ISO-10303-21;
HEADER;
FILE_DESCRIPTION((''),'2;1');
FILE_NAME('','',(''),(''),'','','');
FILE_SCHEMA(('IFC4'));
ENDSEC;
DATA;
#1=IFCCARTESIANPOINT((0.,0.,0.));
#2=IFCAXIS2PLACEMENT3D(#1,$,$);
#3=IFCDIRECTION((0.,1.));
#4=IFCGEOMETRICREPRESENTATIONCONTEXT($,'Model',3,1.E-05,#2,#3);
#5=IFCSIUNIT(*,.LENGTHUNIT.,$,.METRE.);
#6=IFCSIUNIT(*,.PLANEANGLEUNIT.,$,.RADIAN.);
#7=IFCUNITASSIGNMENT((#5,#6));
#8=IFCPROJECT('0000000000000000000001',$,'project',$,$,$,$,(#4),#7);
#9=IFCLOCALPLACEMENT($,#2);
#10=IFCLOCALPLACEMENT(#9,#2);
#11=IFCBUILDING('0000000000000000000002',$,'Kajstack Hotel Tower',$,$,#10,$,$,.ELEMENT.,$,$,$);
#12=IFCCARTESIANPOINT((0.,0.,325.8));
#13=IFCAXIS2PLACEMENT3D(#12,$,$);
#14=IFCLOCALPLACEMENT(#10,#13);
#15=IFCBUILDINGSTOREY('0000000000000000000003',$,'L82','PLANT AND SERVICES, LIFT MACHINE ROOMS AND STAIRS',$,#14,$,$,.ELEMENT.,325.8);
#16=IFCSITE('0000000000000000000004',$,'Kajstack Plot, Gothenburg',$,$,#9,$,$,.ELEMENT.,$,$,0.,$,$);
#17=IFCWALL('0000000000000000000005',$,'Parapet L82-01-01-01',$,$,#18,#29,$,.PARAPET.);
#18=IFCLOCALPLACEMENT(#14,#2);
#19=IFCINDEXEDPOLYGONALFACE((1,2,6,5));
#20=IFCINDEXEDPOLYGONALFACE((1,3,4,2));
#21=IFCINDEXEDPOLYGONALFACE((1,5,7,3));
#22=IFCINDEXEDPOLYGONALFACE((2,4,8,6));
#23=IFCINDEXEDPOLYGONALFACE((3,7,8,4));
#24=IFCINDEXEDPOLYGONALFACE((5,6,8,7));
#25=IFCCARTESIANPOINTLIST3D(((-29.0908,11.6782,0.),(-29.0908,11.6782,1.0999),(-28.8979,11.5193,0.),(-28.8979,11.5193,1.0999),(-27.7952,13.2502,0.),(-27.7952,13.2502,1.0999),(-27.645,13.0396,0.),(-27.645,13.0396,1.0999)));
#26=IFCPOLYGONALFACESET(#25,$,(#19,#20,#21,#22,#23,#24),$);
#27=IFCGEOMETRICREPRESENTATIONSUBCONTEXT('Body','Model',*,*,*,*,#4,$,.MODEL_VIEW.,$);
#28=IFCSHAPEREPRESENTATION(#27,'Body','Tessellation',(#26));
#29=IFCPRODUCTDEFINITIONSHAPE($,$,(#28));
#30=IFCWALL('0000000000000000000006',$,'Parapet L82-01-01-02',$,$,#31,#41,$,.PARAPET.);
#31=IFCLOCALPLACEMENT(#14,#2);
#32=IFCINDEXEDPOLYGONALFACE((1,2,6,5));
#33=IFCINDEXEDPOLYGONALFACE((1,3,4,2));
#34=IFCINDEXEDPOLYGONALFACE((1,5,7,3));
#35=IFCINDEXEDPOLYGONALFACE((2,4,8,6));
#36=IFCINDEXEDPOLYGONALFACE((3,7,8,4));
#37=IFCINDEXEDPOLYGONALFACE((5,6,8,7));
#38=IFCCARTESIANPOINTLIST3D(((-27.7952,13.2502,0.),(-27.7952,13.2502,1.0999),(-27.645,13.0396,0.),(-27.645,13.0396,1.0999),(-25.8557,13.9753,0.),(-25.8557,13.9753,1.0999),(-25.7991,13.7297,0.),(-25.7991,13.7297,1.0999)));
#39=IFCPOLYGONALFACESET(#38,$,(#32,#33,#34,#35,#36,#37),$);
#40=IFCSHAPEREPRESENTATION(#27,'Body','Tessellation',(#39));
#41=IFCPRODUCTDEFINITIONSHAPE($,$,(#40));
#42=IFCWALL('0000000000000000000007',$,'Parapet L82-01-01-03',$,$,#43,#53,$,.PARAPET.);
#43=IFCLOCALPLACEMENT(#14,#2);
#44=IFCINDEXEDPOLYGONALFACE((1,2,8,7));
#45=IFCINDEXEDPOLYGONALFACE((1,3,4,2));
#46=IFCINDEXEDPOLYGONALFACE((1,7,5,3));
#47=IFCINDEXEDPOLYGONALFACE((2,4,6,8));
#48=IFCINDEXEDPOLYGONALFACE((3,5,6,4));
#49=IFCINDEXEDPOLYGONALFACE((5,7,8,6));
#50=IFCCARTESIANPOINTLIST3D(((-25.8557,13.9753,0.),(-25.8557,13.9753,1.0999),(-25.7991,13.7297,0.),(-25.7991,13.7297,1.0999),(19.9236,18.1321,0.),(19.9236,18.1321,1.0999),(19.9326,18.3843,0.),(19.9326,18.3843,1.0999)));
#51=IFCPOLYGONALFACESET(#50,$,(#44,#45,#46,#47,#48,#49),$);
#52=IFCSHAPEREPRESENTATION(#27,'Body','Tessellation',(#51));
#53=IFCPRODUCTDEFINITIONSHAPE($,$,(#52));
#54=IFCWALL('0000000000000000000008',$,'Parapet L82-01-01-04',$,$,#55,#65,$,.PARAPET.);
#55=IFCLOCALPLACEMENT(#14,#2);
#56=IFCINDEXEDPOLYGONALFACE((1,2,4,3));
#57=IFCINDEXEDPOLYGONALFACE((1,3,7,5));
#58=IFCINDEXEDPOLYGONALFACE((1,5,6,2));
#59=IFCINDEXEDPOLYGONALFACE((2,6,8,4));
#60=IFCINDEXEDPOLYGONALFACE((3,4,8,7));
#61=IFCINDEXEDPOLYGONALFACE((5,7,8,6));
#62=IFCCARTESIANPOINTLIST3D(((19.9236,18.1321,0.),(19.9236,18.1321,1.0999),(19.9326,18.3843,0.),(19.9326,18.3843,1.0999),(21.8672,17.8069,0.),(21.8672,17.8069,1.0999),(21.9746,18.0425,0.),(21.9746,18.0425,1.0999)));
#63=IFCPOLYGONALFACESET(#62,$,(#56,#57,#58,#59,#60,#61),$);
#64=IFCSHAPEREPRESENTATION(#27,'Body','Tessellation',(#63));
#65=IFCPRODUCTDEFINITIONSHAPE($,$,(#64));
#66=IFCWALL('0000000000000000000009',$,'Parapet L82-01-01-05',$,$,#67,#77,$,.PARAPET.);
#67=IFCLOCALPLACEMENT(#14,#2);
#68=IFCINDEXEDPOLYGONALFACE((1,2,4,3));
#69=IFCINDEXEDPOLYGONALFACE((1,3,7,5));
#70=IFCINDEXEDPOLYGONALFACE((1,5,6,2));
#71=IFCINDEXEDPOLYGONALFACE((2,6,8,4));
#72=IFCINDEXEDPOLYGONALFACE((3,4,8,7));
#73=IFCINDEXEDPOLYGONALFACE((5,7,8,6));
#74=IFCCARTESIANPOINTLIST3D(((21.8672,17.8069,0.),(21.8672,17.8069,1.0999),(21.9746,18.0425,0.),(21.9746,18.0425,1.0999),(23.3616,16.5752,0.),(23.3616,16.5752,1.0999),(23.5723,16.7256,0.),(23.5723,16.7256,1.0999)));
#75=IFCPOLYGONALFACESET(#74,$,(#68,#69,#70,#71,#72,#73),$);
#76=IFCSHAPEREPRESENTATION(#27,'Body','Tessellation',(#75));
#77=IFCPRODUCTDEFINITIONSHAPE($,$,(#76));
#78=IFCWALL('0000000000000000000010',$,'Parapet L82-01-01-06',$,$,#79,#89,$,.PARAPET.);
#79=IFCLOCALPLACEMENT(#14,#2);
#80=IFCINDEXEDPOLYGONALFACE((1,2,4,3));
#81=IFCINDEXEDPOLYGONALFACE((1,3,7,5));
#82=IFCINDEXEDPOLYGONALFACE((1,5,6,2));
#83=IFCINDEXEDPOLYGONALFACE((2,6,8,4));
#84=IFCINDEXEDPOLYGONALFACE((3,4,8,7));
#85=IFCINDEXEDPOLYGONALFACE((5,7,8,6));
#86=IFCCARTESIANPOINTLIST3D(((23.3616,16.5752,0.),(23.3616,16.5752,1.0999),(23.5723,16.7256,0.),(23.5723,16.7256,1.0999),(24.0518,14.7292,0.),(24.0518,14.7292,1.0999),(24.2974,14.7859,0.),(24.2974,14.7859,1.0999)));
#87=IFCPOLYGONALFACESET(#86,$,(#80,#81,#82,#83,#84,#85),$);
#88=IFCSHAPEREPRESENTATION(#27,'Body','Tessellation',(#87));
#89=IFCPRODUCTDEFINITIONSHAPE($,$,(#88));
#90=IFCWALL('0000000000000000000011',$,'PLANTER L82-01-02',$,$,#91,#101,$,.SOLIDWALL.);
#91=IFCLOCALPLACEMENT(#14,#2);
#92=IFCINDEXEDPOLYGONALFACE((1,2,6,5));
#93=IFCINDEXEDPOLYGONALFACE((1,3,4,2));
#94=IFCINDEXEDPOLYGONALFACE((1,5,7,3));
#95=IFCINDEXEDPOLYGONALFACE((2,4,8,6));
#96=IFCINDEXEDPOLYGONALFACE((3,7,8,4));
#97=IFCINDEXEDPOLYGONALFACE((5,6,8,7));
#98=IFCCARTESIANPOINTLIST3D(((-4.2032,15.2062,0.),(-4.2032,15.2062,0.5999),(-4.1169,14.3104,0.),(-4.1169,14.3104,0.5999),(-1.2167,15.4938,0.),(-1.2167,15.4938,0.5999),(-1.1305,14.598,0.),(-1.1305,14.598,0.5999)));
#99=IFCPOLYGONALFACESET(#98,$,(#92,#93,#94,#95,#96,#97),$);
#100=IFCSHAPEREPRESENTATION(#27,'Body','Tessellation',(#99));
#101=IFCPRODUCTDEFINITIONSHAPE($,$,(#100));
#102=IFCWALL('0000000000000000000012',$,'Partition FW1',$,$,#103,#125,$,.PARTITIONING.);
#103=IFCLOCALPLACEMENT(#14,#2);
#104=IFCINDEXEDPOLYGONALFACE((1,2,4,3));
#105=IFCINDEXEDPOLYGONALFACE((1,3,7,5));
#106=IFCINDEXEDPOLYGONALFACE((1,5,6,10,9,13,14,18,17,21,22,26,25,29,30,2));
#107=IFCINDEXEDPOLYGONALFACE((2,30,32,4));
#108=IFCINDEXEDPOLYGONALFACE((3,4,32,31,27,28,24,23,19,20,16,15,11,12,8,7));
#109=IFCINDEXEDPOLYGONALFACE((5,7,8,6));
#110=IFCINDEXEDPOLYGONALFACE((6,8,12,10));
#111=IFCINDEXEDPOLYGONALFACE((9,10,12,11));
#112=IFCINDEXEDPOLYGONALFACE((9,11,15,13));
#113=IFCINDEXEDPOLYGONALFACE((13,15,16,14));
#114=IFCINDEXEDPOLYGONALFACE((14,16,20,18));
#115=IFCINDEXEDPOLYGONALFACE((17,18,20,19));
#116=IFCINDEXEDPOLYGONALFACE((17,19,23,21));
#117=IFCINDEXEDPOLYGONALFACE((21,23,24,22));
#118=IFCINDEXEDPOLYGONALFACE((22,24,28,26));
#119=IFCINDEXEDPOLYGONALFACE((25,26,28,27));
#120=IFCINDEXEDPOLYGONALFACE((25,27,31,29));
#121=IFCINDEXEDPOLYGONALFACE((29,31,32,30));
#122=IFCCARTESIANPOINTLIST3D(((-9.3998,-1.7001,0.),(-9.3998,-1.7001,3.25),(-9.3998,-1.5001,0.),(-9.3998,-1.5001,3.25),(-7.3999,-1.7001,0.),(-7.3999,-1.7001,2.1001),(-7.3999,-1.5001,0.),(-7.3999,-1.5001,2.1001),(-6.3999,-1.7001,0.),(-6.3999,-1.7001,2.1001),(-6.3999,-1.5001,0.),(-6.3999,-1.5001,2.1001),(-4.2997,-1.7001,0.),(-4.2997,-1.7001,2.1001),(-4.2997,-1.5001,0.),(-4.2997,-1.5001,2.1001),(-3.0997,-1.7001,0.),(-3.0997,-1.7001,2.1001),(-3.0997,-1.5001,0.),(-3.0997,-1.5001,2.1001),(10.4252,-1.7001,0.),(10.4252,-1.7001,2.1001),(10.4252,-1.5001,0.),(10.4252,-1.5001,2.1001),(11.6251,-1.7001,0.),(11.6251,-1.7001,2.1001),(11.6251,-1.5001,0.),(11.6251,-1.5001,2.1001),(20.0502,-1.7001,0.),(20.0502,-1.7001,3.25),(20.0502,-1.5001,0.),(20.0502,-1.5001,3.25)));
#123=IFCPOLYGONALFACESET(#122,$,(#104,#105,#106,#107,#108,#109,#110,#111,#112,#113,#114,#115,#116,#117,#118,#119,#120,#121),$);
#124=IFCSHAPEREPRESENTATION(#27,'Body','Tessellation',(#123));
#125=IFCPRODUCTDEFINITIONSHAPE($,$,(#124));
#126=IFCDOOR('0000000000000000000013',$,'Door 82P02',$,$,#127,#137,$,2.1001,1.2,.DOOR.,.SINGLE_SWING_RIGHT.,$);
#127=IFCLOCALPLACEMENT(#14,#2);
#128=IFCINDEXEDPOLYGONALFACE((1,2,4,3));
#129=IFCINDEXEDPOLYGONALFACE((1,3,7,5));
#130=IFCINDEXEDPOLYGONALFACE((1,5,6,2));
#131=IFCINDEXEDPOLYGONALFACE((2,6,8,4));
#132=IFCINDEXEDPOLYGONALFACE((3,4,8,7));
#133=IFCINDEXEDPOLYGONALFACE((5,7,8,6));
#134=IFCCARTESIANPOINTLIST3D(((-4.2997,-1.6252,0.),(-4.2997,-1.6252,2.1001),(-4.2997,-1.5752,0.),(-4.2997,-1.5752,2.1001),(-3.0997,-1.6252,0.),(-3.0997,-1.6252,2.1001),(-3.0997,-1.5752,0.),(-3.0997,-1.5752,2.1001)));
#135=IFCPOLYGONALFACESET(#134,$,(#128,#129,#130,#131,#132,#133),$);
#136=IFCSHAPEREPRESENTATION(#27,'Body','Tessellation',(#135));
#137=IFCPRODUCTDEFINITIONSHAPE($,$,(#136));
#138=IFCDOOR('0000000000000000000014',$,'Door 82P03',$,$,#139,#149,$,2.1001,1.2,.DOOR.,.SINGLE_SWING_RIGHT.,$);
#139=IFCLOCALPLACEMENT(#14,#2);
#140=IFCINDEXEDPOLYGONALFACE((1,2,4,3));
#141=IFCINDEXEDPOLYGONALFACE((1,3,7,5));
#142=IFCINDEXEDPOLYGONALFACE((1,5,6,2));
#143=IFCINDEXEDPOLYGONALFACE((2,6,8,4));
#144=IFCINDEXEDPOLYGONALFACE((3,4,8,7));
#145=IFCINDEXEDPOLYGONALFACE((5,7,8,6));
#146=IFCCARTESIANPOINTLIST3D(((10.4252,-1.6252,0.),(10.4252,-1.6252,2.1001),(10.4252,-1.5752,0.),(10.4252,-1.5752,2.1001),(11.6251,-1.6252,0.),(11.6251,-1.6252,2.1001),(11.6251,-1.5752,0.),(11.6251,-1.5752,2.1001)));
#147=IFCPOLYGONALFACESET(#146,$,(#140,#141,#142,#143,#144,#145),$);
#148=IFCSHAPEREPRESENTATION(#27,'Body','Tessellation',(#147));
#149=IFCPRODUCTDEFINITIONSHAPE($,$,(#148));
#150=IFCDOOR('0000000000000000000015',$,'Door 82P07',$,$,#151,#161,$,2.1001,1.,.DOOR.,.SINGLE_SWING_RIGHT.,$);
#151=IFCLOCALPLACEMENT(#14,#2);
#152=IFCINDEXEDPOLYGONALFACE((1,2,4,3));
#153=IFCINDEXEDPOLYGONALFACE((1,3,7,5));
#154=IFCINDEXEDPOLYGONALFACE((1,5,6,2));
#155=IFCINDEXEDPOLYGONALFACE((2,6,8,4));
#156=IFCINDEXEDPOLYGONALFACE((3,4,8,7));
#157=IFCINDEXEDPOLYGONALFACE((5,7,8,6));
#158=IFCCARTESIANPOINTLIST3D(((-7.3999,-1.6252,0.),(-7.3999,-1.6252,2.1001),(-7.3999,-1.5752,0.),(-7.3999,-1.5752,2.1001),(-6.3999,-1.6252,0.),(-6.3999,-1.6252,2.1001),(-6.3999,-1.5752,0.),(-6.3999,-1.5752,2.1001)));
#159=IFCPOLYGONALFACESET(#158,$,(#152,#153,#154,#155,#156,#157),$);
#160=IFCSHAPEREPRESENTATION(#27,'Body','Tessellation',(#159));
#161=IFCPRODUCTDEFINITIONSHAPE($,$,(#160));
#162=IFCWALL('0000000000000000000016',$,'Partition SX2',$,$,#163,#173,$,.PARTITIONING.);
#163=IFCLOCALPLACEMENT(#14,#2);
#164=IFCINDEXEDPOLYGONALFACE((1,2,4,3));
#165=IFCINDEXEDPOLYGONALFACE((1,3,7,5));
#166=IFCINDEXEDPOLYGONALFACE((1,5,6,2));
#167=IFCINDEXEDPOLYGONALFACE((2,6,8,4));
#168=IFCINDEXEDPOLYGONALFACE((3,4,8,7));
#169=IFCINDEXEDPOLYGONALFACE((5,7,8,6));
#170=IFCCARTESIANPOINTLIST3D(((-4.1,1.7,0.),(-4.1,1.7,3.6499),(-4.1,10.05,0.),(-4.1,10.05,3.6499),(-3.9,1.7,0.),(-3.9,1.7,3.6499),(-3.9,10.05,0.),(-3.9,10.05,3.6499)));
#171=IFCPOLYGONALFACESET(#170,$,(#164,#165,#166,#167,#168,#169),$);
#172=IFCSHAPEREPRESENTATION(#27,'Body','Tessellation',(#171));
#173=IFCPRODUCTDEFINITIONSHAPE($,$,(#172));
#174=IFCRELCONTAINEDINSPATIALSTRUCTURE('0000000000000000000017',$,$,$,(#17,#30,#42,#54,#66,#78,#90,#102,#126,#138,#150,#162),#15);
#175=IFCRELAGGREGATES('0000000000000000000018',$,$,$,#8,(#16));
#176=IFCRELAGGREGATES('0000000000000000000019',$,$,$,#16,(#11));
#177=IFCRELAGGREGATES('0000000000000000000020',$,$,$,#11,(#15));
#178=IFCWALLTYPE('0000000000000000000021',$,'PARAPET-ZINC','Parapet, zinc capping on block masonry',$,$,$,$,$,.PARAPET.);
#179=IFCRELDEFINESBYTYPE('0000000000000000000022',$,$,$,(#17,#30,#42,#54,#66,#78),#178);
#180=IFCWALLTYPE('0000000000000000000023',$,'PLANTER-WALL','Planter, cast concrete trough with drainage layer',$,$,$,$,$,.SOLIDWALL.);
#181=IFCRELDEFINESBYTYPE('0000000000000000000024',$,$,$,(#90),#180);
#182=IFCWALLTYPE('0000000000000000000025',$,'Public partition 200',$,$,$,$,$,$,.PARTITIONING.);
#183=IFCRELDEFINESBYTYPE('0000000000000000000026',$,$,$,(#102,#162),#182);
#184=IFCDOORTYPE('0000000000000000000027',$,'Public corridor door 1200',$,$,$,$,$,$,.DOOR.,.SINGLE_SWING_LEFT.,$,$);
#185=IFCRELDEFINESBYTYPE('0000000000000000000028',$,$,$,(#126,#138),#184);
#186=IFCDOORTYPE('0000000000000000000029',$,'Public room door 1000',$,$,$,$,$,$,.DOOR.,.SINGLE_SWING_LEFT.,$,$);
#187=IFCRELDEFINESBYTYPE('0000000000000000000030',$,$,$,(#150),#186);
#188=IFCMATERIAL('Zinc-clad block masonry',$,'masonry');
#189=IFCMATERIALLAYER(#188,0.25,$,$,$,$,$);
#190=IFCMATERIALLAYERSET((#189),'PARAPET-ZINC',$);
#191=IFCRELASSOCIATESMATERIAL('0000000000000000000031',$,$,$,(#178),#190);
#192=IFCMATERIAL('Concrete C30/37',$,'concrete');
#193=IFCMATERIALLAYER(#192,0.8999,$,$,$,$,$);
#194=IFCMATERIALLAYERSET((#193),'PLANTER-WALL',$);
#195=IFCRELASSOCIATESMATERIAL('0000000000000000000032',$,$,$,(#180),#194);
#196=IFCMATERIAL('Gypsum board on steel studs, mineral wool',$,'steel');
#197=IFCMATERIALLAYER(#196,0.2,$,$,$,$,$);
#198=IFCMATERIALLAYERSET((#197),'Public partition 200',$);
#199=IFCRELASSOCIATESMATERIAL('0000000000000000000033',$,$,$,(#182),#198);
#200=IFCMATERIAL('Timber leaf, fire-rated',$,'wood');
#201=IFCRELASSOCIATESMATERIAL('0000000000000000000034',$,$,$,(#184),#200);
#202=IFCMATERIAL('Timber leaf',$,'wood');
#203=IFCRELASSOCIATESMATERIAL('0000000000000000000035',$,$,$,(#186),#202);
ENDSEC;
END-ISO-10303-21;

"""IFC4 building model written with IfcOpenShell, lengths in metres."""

from ifc_helpers import new_model, si_unit, direction, frame, frame_2d, origin, place, context, subcontext, project, spatial, polyline, rectangle, outline, extrude, material, layer, layer_set, type_object, element, fill, save


model = new_model("IFC4")

# Units and contexts
model_context = context("Model", 3, precision=1e-05, world=origin(), true_north=direction((0.0, 1.0)))
body_context = subcontext(model_context, "Body", "Model", "MODEL_VIEW")
ifc_project = project(units=[si_unit("LENGTHUNIT", "METRE"), si_unit("PLANEANGLEUNIT", "RADIAN")], contexts=[model_context])

# Site, building, storey
site_placement = place(None, origin())
site = spatial("IfcSite", under=ifc_project, at=site_placement, Name="Kajstack Plot, Gothenburg", CompositionType="ELEMENT", RefElevation=0.0)
building_placement = place(site_placement, origin())
building = spatial("IfcBuilding", under=site, at=building_placement, Name="Kajstack Hotel Tower", CompositionType="ELEMENT")
storey_placement = place(building_placement, frame((0.0, 0.0, 325.8)))
storey = spatial("IfcBuildingStorey", under=building, at=storey_placement, Name="L82", Description="PLANT AND SERVICES, LIFT MACHINE ROOMS AND STAIRS", CompositionType="ELEMENT", Elevation=325.8)

# Walls
ifc_material_1 = material(Name="Zinc-clad block masonry", Category="masonry")
ifc_layer_1 = layer(ifc_material_1, 0.25)
ifc_layer_set_1 = layer_set([ifc_layer_1], Name="PARAPET-ZINC")
wall_type_1 = type_object("IfcWallType", Name="PARAPET-ZINC", Description="Parapet, zinc capping on block masonry", PredefinedType="PARAPET", material=ifc_layer_set_1)
wall_1_placement = place(storey_placement, origin())
element("IfcWall", 1, at=wall_1_placement, inside=storey, type_object=wall_type_1, Name="Parapet L82-01-01-01", PredefinedType="PARAPET", context=body_context, shape_type="SweptSolid", body=[
    extrude(outline(polyline([(-29.0908, 11.6782), (-28.8979, 11.5193), (-27.645, 13.0396), (-27.7952, 13.2502), (-29.0908, 11.6782)])), origin(), (0.0, 0.0, 1.0), 1.0999),
])
wall_2_placement = place(storey_placement, origin())
element("IfcWall", 2, at=wall_2_placement, inside=storey, type_object=wall_type_1, Name="Parapet L82-01-01-02", PredefinedType="PARAPET", context=body_context, shape_type="SweptSolid", body=[
    extrude(outline(polyline([(-27.7952, 13.2502), (-27.645, 13.0396), (-25.7991, 13.7297), (-25.8557, 13.9753), (-27.7952, 13.2502)])), origin(), (0.0, 0.0, 1.0), 1.0999),
])
wall_3_placement = place(storey_placement, origin())
element("IfcWall", 3, at=wall_3_placement, inside=storey, type_object=wall_type_1, Name="Parapet L82-01-01-03", PredefinedType="PARAPET", context=body_context, shape_type="SweptSolid", body=[
    extrude(outline(polyline([(-25.8557, 13.9753), (-25.7991, 13.7297), (19.9236, 18.1321), (19.9326, 18.3843), (-25.8557, 13.9753)])), origin(), (0.0, 0.0, 1.0), 1.0999),
])
wall_4_placement = place(storey_placement, origin())
element("IfcWall", 4, at=wall_4_placement, inside=storey, type_object=wall_type_1, Name="Parapet L82-01-01-04", PredefinedType="PARAPET", context=body_context, shape_type="SweptSolid", body=[
    extrude(outline(polyline([(19.9326, 18.3843), (19.9236, 18.1321), (21.8672, 17.8069), (21.9746, 18.0425), (19.9326, 18.3843)])), origin(), (0.0, 0.0, 1.0), 1.0999),
])
wall_5_placement = place(storey_placement, origin())
element("IfcWall", 5, at=wall_5_placement, inside=storey, type_object=wall_type_1, Name="Parapet L82-01-01-05", PredefinedType="PARAPET", context=body_context, shape_type="SweptSolid", body=[
    extrude(outline(polyline([(21.9746, 18.0425), (21.8672, 17.8069), (23.3616, 16.5752), (23.5723, 16.7256), (21.9746, 18.0425)])), origin(), (0.0, 0.0, 1.0), 1.0999),
])
wall_6_placement = place(storey_placement, origin())
element("IfcWall", 6, at=wall_6_placement, inside=storey, type_object=wall_type_1, Name="Parapet L82-01-01-06", PredefinedType="PARAPET", context=body_context, shape_type="SweptSolid", body=[
    extrude(outline(polyline([(23.5723, 16.7256), (23.3616, 16.5752), (24.0518, 14.7292), (24.2974, 14.7859), (23.5723, 16.7256)])), origin(), (0.0, 0.0, 1.0), 1.0999),
])
ifc_material_2 = material(Name="Concrete C30/37", Category="concrete")
ifc_layer_2 = layer(ifc_material_2, 0.8999)
ifc_layer_set_2 = layer_set([ifc_layer_2], Name="PLANTER-WALL")
wall_type_2 = type_object("IfcWallType", Name="PLANTER-WALL", Description="Planter, cast concrete trough with drainage layer", PredefinedType="SOLIDWALL", material=ifc_layer_set_2)
wall_7_placement = place(storey_placement, frame((-4.1599, 14.7583, 0.0), z_axis=(0.0, 0.0, 1.0), x_axis=(0.995395, 0.095861, 0.0)))
element("IfcWall", 7, at=wall_7_placement, inside=storey, type_object=wall_type_2, Name="PLANTER L82-01-02", PredefinedType="SOLIDWALL", context=body_context, shape_type="SweptSolid", body=[
    extrude(rectangle(XDim=3.0002, YDim=0.8999, at=frame_2d((1.5, 0.0))), origin(), (0.0, 0.0, 1.0), 0.5999),
])

# Wall, openings, doors
ifc_material_3 = material(Name="Gypsum board on steel studs, mineral wool", Category="steel")
ifc_layer_3 = layer(ifc_material_3, 0.2)
ifc_layer_set_3 = layer_set([ifc_layer_3], Name="Public partition 200")
wall_type_3 = type_object("IfcWallType", Name="Public partition 200", PredefinedType="PARTITIONING", material=ifc_layer_set_3)
wall_8_placement = place(storey_placement, frame((-9.3999, -1.6001, 0.0), z_axis=(0.0, 0.0, 1.0), x_axis=(1.0, 0.0, 0.0)))
wall_8 = element("IfcWall", 8, at=wall_8_placement, inside=storey, type_object=wall_type_3, Name="Partition FW1", PredefinedType="PARTITIONING", context=body_context, shape_type="SweptSolid", body=[
    extrude(rectangle(XDim=29.45, YDim=0.2, at=frame_2d((14.7251, 0.0))), origin(), (0.0, 0.0, 1.0), 3.25),
])
opening_1_placement = place(wall_8_placement, frame((5.1001, 0.0, 0.0)))
opening_1 = element("IfcOpeningElement", 9, at=opening_1_placement, cuts=wall_8, PredefinedType="OPENING", context=body_context, shape_type="SweptSolid", body=[
    extrude(rectangle(XDim=1.2, YDim=2.1001, at=frame_2d((0.6001, 1.05))), frame((0.0, 0.1099, 0.0), z_axis=(0.0, -1.0, 0.0), x_axis=(1.0, 0.0, 0.0)), (0.0, 0.0, 1.0), 0.22),
])
opening_2_placement = place(wall_8_placement, frame((19.825, 0.0, 0.0)))
opening_2 = element("IfcOpeningElement", 10, at=opening_2_placement, cuts=wall_8, PredefinedType="OPENING", context=body_context, shape_type="SweptSolid", body=[
    extrude(rectangle(XDim=1.2, YDim=2.1001, at=frame_2d((0.6001, 1.05))), frame((0.0, 0.1099, 0.0), z_axis=(0.0, -1.0, 0.0), x_axis=(1.0, 0.0, 0.0)), (0.0, 0.0, 1.0), 0.22),
])
opening_3_placement = place(wall_8_placement, frame((2.0, 0.0, 0.0)))
opening_3 = element("IfcOpeningElement", 11, at=opening_3_placement, cuts=wall_8, PredefinedType="OPENING", context=body_context, shape_type="SweptSolid", body=[
    extrude(rectangle(XDim=1.0, YDim=2.1001, at=frame_2d((0.5, 1.05))), frame((0.0, 0.1099, 0.0), z_axis=(0.0, -1.0, 0.0), x_axis=(1.0, 0.0, 0.0)), (0.0, 0.0, 1.0), 0.22),
])
ifc_material_4 = material(Name="Timber leaf, fire-rated", Category="wood")
door_type_1 = type_object("IfcDoorType", Name="Public corridor door 1200", OperationType="SINGLE_SWING_LEFT", PredefinedType="DOOR", material=ifc_material_4)
door_1_placement = place(opening_1_placement, origin())
door_1 = element("IfcDoor", 12, at=door_1_placement, inside=storey, type_object=door_type_1, Name="Door 82P02", OperationType="SINGLE_SWING_RIGHT", OverallHeight=2.1001, OverallWidth=1.2, PredefinedType="DOOR", context=body_context, shape_type="SweptSolid", body=[
    extrude(rectangle(XDim=1.2, YDim=2.1001, at=frame_2d((0.6001, 1.05))), frame((0.0, 0.0249, 0.0), z_axis=(0.0, -1.0, 0.0), x_axis=(1.0, 0.0, 0.0)), (0.0, 0.0, 1.0), 0.05),
])
fill(opening_1, door_1)
door_2_placement = place(opening_2_placement, origin())
door_2 = element("IfcDoor", 13, at=door_2_placement, inside=storey, type_object=door_type_1, Name="Door 82P03", OperationType="SINGLE_SWING_RIGHT", OverallHeight=2.1001, OverallWidth=1.2, PredefinedType="DOOR", context=body_context, shape_type="SweptSolid", body=[
    extrude(rectangle(XDim=1.2, YDim=2.1001, at=frame_2d((0.6001, 1.05))), frame((0.0, 0.0249, 0.0), z_axis=(0.0, -1.0, 0.0), x_axis=(1.0, 0.0, 0.0)), (0.0, 0.0, 1.0), 0.05),
])
fill(opening_2, door_2)
ifc_material_5 = material(Name="Timber leaf", Category="wood")
door_type_2 = type_object("IfcDoorType", Name="Public room door 1000", OperationType="SINGLE_SWING_LEFT", PredefinedType="DOOR", material=ifc_material_5)
door_3_placement = place(opening_3_placement, origin())
door_3 = element("IfcDoor", 14, at=door_3_placement, inside=storey, type_object=door_type_2, Name="Door 82P07", OperationType="SINGLE_SWING_RIGHT", OverallHeight=2.1001, OverallWidth=1.0, PredefinedType="DOOR", context=body_context, shape_type="SweptSolid", body=[
    extrude(rectangle(XDim=1.0, YDim=2.1001, at=frame_2d((0.5, 1.05))), frame((0.0, 0.0249, 0.0), z_axis=(0.0, -1.0, 0.0), x_axis=(1.0, 0.0, 0.0)), (0.0, 0.0, 1.0), 0.05),
])
fill(opening_3, door_3)

# Wall
wall_9_placement = place(storey_placement, frame((-4.0, 1.7, 0.0), z_axis=(0.0, 0.0, 1.0), x_axis=(0.0, 1.0, 0.0)))
element("IfcWall", 15, at=wall_9_placement, inside=storey, type_object=wall_type_3, Name="Partition SX2", PredefinedType="PARTITIONING", context=body_context, shape_type="SweptSolid", body=[
    extrude(rectangle(XDim=8.3501, YDim=0.2, at=frame_2d((4.175, 0.0))), origin(), (0.0, 0.0, 1.0), 3.6499),
])

save(model, "model.ifc")
